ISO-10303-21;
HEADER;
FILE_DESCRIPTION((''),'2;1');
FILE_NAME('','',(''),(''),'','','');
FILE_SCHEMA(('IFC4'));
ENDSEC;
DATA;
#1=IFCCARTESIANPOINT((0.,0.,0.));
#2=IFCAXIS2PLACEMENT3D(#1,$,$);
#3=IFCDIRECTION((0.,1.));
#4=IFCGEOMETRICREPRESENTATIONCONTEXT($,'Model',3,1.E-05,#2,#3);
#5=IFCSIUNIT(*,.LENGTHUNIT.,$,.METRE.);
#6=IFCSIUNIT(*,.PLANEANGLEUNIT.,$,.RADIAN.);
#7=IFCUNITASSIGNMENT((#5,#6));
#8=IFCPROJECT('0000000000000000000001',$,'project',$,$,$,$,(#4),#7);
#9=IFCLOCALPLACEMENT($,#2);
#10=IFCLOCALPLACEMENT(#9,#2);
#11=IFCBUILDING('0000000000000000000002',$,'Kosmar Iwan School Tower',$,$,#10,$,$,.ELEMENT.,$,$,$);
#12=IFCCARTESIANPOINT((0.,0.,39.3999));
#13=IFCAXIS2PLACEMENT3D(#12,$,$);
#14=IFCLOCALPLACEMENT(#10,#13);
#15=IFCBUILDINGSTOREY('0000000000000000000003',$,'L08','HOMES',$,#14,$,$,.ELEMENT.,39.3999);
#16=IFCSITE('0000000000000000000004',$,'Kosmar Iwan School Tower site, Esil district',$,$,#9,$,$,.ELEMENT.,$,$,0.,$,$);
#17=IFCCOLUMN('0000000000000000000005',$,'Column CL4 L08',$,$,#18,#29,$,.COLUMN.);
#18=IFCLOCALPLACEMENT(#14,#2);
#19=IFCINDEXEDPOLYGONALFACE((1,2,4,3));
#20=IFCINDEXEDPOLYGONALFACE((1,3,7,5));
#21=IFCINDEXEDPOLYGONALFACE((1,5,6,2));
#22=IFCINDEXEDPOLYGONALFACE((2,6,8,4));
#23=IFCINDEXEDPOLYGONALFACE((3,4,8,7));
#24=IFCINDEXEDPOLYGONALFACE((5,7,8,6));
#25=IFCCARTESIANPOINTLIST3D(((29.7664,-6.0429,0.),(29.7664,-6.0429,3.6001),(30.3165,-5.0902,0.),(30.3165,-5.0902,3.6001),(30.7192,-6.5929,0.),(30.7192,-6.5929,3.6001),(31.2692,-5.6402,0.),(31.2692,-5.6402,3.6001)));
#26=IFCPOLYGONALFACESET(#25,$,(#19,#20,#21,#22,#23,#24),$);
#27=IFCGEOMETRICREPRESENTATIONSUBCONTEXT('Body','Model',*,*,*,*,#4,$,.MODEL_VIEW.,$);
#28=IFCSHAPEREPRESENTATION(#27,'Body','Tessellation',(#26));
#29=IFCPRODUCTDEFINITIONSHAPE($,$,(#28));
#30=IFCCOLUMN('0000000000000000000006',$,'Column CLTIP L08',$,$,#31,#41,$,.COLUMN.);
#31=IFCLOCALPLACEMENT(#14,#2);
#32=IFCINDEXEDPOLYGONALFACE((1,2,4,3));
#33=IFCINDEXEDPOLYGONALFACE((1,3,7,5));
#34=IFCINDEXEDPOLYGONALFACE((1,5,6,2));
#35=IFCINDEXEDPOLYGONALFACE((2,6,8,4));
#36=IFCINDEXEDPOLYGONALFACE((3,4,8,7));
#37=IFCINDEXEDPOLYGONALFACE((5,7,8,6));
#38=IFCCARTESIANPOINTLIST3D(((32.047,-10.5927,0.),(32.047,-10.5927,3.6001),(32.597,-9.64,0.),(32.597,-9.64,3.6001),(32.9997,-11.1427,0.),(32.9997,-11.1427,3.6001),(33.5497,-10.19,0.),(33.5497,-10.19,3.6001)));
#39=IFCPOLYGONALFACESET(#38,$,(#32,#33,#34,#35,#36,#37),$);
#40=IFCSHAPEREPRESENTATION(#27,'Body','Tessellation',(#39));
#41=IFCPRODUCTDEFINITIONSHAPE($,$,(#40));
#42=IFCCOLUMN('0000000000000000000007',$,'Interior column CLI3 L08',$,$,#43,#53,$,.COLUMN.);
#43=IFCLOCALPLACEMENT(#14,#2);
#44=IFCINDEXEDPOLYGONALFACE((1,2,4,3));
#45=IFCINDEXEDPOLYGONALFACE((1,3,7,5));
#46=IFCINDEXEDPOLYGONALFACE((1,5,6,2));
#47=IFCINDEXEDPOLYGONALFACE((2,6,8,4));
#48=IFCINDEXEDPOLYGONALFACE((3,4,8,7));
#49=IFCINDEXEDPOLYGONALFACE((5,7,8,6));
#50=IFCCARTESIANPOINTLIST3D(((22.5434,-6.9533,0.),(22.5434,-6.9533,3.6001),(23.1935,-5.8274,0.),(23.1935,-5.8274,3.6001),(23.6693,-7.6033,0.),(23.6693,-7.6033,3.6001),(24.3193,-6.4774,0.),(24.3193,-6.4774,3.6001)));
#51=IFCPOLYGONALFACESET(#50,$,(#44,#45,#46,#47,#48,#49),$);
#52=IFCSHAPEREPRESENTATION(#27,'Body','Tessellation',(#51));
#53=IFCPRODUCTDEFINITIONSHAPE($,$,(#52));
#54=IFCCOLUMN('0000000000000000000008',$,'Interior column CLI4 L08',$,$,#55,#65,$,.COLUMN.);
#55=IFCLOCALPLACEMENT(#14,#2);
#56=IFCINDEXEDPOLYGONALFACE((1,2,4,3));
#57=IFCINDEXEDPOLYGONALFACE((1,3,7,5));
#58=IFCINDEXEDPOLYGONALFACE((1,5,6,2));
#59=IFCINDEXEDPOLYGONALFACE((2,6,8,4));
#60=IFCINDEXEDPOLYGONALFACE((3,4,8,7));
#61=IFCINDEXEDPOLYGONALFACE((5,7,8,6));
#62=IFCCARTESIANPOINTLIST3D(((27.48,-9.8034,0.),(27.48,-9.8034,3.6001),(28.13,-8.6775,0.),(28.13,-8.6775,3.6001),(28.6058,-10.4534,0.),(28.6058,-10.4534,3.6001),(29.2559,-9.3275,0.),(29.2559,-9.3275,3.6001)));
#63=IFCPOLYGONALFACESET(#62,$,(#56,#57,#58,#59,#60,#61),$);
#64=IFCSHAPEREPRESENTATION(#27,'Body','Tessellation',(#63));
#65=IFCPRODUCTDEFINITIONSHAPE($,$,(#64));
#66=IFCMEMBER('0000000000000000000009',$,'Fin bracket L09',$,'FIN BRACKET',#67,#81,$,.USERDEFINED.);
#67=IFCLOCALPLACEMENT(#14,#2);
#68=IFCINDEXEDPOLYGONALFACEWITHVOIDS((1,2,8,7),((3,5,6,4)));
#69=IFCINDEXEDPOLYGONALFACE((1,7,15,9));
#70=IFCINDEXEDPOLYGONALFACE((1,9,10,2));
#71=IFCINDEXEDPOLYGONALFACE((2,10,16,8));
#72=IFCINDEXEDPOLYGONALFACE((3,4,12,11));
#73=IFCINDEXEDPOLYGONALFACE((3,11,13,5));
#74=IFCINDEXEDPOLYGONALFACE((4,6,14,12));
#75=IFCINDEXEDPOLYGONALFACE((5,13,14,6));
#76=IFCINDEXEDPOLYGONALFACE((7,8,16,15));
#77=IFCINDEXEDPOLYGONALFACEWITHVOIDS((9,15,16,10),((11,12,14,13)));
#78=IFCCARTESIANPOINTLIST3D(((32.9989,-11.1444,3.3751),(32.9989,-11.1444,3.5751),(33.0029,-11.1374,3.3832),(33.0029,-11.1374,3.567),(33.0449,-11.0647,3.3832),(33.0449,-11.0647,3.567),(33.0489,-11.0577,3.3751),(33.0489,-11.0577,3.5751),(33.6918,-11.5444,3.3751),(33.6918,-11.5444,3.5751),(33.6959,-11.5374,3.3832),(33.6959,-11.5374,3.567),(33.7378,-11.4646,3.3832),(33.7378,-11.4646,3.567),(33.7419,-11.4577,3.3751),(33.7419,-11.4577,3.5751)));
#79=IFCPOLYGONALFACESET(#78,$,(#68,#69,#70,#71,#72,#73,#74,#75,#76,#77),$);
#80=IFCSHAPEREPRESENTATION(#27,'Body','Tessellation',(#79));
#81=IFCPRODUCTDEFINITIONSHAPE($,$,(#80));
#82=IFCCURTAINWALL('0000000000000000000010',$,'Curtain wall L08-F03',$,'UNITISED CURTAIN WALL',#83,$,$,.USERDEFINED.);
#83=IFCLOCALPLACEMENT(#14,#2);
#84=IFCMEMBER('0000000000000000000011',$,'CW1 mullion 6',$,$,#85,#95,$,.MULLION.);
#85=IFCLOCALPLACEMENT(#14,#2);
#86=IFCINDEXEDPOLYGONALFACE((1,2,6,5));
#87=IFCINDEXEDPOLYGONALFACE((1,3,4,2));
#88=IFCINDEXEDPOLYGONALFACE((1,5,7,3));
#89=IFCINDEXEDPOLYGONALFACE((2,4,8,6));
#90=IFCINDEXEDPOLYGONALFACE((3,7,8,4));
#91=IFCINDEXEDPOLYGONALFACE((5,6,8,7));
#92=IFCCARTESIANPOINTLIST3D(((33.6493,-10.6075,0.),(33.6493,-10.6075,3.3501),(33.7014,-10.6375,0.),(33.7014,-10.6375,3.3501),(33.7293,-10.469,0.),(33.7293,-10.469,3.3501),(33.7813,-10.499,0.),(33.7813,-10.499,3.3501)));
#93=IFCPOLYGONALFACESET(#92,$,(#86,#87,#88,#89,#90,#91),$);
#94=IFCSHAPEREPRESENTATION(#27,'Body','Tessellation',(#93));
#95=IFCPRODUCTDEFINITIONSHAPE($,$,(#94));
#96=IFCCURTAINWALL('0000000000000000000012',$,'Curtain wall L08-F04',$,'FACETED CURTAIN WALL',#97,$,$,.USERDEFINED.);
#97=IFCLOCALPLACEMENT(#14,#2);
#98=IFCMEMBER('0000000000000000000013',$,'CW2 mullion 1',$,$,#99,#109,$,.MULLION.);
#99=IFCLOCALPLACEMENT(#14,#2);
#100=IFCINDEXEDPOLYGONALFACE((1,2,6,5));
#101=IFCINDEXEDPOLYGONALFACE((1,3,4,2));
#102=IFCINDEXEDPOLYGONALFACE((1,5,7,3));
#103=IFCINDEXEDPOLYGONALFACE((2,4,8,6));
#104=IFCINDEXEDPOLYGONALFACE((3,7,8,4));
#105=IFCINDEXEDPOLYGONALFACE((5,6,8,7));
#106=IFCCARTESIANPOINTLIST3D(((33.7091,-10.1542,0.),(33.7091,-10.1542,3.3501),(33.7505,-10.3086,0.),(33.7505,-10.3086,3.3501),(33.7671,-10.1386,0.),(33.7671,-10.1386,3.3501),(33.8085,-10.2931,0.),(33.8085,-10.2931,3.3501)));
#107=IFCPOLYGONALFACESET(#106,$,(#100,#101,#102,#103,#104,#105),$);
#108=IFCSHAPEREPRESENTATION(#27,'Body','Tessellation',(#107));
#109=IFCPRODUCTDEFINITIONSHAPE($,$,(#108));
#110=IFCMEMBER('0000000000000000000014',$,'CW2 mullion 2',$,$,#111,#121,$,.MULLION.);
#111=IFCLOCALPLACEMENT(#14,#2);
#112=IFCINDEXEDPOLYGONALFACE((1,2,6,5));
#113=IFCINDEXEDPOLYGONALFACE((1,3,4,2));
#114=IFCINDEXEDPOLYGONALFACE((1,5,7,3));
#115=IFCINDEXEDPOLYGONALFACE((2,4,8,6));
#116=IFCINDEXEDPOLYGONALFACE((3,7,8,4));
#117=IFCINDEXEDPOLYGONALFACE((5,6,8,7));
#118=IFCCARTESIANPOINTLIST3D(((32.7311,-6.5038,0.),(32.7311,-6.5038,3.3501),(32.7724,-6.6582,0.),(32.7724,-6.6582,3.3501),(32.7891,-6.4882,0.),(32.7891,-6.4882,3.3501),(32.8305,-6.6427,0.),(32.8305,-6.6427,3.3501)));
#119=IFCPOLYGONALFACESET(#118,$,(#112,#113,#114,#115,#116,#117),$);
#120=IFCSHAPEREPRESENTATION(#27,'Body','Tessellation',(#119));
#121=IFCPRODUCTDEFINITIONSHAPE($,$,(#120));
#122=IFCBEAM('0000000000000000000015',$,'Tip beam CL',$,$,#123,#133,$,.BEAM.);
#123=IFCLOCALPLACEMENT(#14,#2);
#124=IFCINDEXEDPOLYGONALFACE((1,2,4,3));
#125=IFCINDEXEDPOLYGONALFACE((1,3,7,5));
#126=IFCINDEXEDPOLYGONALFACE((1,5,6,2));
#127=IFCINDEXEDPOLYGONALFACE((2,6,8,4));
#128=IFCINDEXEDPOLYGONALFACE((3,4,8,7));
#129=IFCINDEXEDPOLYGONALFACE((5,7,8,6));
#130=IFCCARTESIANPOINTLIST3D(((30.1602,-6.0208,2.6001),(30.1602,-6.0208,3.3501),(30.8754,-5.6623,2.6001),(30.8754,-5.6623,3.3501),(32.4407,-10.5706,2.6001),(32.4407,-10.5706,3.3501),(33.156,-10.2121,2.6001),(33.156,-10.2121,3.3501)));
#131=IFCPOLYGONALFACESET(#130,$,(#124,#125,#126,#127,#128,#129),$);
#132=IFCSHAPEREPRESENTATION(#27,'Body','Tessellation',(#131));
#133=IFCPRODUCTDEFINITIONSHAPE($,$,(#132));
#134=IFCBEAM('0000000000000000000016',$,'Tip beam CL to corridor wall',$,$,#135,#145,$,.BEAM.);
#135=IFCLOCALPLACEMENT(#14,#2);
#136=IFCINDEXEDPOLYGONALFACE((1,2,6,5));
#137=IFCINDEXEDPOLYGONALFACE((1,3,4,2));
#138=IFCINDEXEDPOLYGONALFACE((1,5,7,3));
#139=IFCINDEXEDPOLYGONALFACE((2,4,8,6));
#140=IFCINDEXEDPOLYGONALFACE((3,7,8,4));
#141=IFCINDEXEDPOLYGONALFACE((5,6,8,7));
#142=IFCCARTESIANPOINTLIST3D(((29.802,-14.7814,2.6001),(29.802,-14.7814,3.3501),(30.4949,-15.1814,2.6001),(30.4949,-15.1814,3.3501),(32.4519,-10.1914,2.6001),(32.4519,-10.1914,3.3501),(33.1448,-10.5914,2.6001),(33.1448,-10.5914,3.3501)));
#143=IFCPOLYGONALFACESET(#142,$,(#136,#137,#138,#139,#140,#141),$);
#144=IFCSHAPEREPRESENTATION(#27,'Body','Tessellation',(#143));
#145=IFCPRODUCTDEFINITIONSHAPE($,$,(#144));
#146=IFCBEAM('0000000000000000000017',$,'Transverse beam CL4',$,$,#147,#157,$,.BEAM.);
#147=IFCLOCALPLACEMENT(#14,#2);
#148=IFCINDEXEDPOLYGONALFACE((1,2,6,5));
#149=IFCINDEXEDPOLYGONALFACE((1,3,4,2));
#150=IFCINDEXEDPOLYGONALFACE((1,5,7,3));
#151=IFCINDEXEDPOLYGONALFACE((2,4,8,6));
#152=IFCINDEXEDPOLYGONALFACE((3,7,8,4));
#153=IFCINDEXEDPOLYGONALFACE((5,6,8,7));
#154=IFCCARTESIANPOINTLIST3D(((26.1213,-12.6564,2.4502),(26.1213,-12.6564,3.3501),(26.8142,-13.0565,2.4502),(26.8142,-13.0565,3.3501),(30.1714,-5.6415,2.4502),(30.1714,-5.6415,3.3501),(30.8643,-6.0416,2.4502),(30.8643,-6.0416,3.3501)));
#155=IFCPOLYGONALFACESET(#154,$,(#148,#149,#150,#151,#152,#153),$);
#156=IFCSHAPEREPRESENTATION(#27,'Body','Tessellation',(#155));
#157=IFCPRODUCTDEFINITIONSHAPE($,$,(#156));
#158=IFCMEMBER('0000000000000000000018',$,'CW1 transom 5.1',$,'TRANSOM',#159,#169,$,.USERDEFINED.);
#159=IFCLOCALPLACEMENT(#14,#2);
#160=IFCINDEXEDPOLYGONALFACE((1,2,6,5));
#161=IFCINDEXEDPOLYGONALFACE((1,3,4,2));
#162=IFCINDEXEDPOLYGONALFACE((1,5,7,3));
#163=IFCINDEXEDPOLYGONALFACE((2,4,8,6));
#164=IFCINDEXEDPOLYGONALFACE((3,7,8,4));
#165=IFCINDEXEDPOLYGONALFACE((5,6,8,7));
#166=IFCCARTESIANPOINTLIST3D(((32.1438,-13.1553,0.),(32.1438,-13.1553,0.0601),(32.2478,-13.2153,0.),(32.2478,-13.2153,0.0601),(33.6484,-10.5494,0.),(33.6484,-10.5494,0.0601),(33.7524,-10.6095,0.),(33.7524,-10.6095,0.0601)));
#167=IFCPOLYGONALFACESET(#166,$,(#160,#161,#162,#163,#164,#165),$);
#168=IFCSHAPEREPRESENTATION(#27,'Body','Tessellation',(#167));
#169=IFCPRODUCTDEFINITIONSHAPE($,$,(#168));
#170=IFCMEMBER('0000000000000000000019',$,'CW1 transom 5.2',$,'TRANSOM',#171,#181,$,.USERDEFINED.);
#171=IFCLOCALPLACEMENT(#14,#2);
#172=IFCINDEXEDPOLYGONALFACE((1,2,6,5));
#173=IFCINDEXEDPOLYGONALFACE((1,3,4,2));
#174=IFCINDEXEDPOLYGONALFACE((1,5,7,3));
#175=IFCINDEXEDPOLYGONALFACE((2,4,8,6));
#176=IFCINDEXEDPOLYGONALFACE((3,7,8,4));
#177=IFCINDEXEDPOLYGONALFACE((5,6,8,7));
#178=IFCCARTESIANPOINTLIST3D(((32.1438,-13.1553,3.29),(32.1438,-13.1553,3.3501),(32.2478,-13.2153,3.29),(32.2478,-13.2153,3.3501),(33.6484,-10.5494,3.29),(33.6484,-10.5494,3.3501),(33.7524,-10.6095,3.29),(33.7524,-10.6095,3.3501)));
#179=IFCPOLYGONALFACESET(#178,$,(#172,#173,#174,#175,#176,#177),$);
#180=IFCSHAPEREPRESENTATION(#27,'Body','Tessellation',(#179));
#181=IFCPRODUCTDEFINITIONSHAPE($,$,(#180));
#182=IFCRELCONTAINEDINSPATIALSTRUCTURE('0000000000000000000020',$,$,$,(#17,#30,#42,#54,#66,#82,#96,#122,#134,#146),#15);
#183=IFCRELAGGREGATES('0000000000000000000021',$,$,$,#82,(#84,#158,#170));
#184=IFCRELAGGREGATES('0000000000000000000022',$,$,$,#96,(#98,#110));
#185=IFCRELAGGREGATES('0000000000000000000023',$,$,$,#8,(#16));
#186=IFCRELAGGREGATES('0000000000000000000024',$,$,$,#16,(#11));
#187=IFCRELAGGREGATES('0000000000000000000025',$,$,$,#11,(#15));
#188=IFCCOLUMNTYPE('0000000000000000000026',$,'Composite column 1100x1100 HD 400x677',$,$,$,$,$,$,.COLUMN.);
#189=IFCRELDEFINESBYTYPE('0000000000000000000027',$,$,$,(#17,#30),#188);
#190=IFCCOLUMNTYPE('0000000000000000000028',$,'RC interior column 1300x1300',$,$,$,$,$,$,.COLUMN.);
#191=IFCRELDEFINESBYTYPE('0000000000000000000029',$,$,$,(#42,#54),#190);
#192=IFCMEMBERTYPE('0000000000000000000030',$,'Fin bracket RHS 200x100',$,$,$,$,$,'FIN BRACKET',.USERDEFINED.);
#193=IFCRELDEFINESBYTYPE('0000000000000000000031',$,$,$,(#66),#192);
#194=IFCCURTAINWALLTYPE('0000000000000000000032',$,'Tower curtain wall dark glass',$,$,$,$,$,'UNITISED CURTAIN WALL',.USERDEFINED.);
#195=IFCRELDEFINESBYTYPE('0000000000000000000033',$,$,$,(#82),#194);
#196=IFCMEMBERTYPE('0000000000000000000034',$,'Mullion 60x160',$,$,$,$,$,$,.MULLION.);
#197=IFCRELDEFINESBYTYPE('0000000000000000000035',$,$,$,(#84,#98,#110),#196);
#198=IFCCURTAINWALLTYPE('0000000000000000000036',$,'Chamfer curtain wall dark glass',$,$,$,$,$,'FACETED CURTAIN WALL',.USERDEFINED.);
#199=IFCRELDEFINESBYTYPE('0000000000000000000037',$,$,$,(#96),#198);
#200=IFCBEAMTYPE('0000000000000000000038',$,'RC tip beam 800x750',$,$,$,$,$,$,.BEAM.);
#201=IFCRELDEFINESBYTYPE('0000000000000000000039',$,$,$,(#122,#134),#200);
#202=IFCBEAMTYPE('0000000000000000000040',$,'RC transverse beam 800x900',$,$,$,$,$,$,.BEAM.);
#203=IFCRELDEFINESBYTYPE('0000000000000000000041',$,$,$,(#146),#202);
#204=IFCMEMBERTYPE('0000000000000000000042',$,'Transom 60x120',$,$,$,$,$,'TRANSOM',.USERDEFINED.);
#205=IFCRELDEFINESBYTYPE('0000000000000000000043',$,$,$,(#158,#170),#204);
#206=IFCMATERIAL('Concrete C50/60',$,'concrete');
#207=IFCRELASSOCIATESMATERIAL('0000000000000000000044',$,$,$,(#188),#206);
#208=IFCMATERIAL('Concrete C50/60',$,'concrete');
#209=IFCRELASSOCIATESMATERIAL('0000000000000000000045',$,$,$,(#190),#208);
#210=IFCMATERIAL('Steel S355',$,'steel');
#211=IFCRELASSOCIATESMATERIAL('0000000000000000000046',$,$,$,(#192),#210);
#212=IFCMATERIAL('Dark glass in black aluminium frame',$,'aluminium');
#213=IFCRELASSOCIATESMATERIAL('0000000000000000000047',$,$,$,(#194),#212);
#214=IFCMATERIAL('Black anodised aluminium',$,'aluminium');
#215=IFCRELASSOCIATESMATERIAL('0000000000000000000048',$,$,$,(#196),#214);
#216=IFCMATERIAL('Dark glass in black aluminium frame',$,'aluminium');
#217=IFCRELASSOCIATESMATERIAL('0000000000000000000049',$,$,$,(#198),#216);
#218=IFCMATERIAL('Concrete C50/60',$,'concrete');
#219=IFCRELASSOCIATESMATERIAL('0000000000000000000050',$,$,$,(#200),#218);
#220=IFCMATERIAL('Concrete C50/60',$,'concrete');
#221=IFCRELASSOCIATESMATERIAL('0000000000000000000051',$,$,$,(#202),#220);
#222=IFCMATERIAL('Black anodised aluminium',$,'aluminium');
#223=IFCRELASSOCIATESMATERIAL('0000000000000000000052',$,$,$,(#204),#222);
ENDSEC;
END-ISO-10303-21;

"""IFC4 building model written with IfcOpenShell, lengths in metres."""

from ifc_helpers import new_model, si_unit, direction, frame, origin, origin_2d, place, context, subcontext, project, spatial, rectangle, hollow_rectangle, extrude, material, material_profile, profile_set, type_object, element, aggregate, save


model = new_model("IFC4")

# Units and contexts
model_context = context("Model", 3, precision=1e-05, world=origin(), true_north=direction((0.0, 1.0)))
body_context = subcontext(model_context, "Body", "Model", "MODEL_VIEW")
ifc_project = project(units=[si_unit("LENGTHUNIT", "METRE"), si_unit("PLANEANGLEUNIT", "RADIAN")], contexts=[model_context])

# Site, building, storey
site_placement = place(None, origin())
site = spatial("IfcSite", under=ifc_project, at=site_placement, Name="Kosmar Iwan School Tower site, Esil district", CompositionType="ELEMENT", RefElevation=0.0)
building_placement = place(site_placement, origin())
building = spatial("IfcBuilding", under=site, at=building_placement, Name="Kosmar Iwan School Tower", CompositionType="ELEMENT")
storey_placement = place(building_placement, frame((0.0, 0.0, 39.3999)))
storey = spatial("IfcBuildingStorey", under=building, at=storey_placement, Name="L08", Description="HOMES", CompositionType="ELEMENT", Elevation=39.3999)

# Columns
ifc_material_1 = material(Name="Concrete C50/60", Category="concrete")
ifc_material_profile_1 = material_profile(ifc_material_1, rectangle(XDim=1.1001, YDim=1.1001, at=origin_2d()), Name="RC 1100x1100 + HD 400x677")
ifc_profile_set_1 = profile_set([ifc_material_profile_1], Name="Concrete C50/60")
column_type_1 = type_object("IfcColumnType", Name="Composite column 1100x1100 HD 400x677", PredefinedType="COLUMN", material=ifc_profile_set_1)
for number, where, z_axis, x_axis, name in (
    (1, (30.5178, -5.8416, 0.0), (0.0, 0.0, 1.0), (0.866025, -0.5, 0.0), "Column CL4 L08"),
    (2, (32.7983, -10.3914, 0.0), (0.0, 0.0, 1.0), (0.866025, -0.5, 0.0), "Column CLTIP L08"),
):
    element("IfcColumn", number, at=place(storey_placement, frame(where, z_axis=z_axis, x_axis=x_axis)), inside=storey, type_object=column_type_1, Name=name, PredefinedType="COLUMN", context=body_context, shape_type="SweptSolid", body=[
        extrude(rectangle(XDim=1.1001, YDim=1.1001, at=origin_2d()), origin(), (0.0, 0.0, 1.0), 3.6001),
    ])
ifc_material_2 = material(Name="Concrete C50/60", Category="concrete")
ifc_material_profile_2 = material_profile(ifc_material_2, rectangle(XDim=1.3, YDim=1.3, at=origin_2d()), Name="RC 1300x1300")
ifc_profile_set_2 = profile_set([ifc_material_profile_2], Name="Concrete C50/60")
column_type_2 = type_object("IfcColumnType", Name="RC interior column 1300x1300", PredefinedType="COLUMN", material=ifc_profile_set_2)
for number, where, z_axis, x_axis, name in (
    (3, (23.4314, -6.7153, 0.0), (0.0, 0.0, 1.0), (0.866025, -0.5, 0.0), "Interior column CLI3 L08"),
    (4, (28.3679, -9.5654, 0.0), (0.0, 0.0, 1.0), (0.866025, -0.5, 0.0), "Interior column CLI4 L08"),
):
    element("IfcColumn", number, at=place(storey_placement, frame(where, z_axis=z_axis, x_axis=x_axis)), inside=storey, type_object=column_type_2, Name=name, PredefinedType="COLUMN", context=body_context, shape_type="SweptSolid", body=[
        extrude(rectangle(XDim=1.3, YDim=1.3, at=origin_2d()), origin(), (0.0, 0.0, 1.0), 3.6001),
    ])

# Member
ifc_material_3 = material(Name="Steel S355", Category="steel")
ifc_material_profile_3 = material_profile(ifc_material_3, hollow_rectangle(XDim=0.1001, YDim=0.2, WallThickness=0.0081, at=origin_2d()), Name="RHS 200x100x8")
ifc_profile_set_3 = profile_set([ifc_material_profile_3], Name="Steel S355")
member_type_1 = type_object("IfcMemberType", Name="Fin bracket RHS 200x100", ElementType="FIN BRACKET", PredefinedType="USERDEFINED", material=ifc_profile_set_3)
member_1_placement = place(storey_placement, frame((33.0239, -11.1011, 3.4751), z_axis=(0.866094, -0.499881, 0.0), x_axis=(0.499881, 0.866094, 0.0)))
element("IfcMember", 5, at=member_1_placement, inside=storey, type_object=member_type_1, Name="Fin bracket L09", ObjectType="FIN BRACKET", PredefinedType="USERDEFINED", context=body_context, shape_type="SweptSolid", body=[
    extrude(hollow_rectangle(XDim=0.1001, YDim=0.2, WallThickness=0.0081, at=origin_2d()), origin(), (0.0, 0.0, 1.0), 0.8),
])

# Curtain wall, member
ifc_material_4 = material(Name="Dark glass in black aluminium frame", Category="aluminium")
curtain_wall_type_1 = type_object("IfcCurtainWallType", Name="Tower curtain wall dark glass", ElementType="UNITISED CURTAIN WALL", PredefinedType="USERDEFINED", material=ifc_material_4)
curtain_wall_1_placement = place(storey_placement, origin())
curtain_wall_1 = element("IfcCurtainWall", 6, at=curtain_wall_1_placement, inside=storey, type_object=curtain_wall_type_1, Name="Curtain wall L08-F03", ObjectType="UNITISED CURTAIN WALL", PredefinedType="USERDEFINED")
ifc_material_5 = material(Name="Black anodised aluminium", Category="aluminium")
ifc_material_profile_4 = material_profile(ifc_material_5, rectangle(XDim=0.0601, YDim=0.1599, at=origin_2d()), Name="MULLION 60x160")
ifc_profile_set_4 = profile_set([ifc_material_profile_4], Name="Black anodised aluminium")
member_type_2 = type_object("IfcMemberType", Name="Mullion 60x160", PredefinedType="MULLION", material=ifc_profile_set_4)
member_2_placement = place(storey_placement, frame((33.7153, -10.5532, 0.0), z_axis=(0.0, 0.0, 1.0), x_axis=(-0.866025, 0.5, 0.0)))
member_2 = element("IfcMember", 7, at=member_2_placement, type_object=member_type_2, Name="CW1 mullion 6", PredefinedType="MULLION", context=body_context, shape_type="SweptSolid", body=[
    extrude(rectangle(XDim=0.0601, YDim=0.1599, at=origin_2d()), origin(), (0.0, 0.0, 1.0), 3.3501),
])

# Curtain wall, members
ifc_material_6 = material(Name="Dark glass in black aluminium frame", Category="aluminium")
curtain_wall_type_2 = type_object("IfcCurtainWallType", Name="Chamfer curtain wall dark glass", ElementType="FACETED CURTAIN WALL", PredefinedType="USERDEFINED", material=ifc_material_6)
curtain_wall_2_placement = place(storey_placement, origin())
curtain_wall_2 = element("IfcCurtainWall", 8, at=curtain_wall_2_placement, inside=storey, type_object=curtain_wall_type_2, Name="Curtain wall L08-F04", ObjectType="FACETED CURTAIN WALL", PredefinedType="USERDEFINED")
member_3_placement = place(storey_placement, frame((33.7588, -10.2236, 0.0), z_axis=(0.0, 0.0, 1.0), x_axis=(-0.965926, -0.258819, 0.0)))
member_3 = element("IfcMember", 9, at=member_3_placement, type_object=member_type_2, Name="CW2 mullion 1", PredefinedType="MULLION", context=body_context, shape_type="SweptSolid", body=[
    extrude(rectangle(XDim=0.0601, YDim=0.1599, at=origin_2d()), origin(), (0.0, 0.0, 1.0), 3.3501),
])
member_4_placement = place(storey_placement, frame((32.7808, -6.5732, 0.0), z_axis=(0.0, 0.0, 1.0), x_axis=(-0.965926, -0.258819, 0.0)))
member_4 = element("IfcMember", 10, at=member_4_placement, type_object=member_type_2, Name="CW2 mullion 2", PredefinedType="MULLION", context=body_context, shape_type="SweptSolid", body=[
    extrude(rectangle(XDim=0.0601, YDim=0.1599, at=origin_2d()), origin(), (0.0, 0.0, 1.0), 3.3501),
])

# Beams
ifc_material_7 = material(Name="Concrete C50/60", Category="concrete")
ifc_material_profile_5 = material_profile(ifc_material_7, rectangle(XDim=0.8, YDim=0.75, at=origin_2d()), Name="RC 800x750")
ifc_profile_set_5 = profile_set([ifc_material_profile_5], Name="Concrete C50/60")
beam_type_1 = type_object("IfcBeamType", Name="RC tip beam 800x750", PredefinedType="BEAM", material=ifc_profile_set_5)
beam_1_placement = place(storey_placement, frame((30.5178, -5.8416, 2.9751), z_axis=(0.448096, -0.893985, 0.0), x_axis=(0.893985, 0.448096, 0.0)))
element("IfcBeam", 11, at=beam_1_placement, inside=storey, type_object=beam_type_1, Name="Tip beam CL", PredefinedType="BEAM", context=body_context, shape_type="SweptSolid", body=[
    extrude(rectangle(XDim=0.8, YDim=0.75, at=origin_2d()), origin(), (0.0, 0.0, 1.0), 5.0894),
])
beam_2_placement = place(storey_placement, frame((32.7983, -10.3914, 2.9751), z_axis=(-0.499974, -0.866041, 0.0), x_axis=(0.866041, -0.499974, 0.0)))
element("IfcBeam", 12, at=beam_2_placement, inside=storey, type_object=beam_type_1, Name="Tip beam CL to corridor wall", PredefinedType="BEAM", context=body_context, shape_type="SweptSolid", body=[
    extrude(rectangle(XDim=0.8, YDim=0.75, at=origin_2d()), origin(), (0.0, 0.0, 1.0), 5.3),
])
ifc_material_8 = material(Name="Concrete C50/60", Category="concrete")
ifc_material_profile_6 = material_profile(ifc_material_8, rectangle(XDim=0.8, YDim=0.8999, at=origin_2d()), Name="RC 800x900")
ifc_profile_set_6 = profile_set([ifc_material_profile_6], Name="Concrete C50/60")
beam_type_2 = type_object("IfcBeamType", Name="RC transverse beam 800x900", PredefinedType="BEAM", material=ifc_profile_set_6)
beam_3_placement = place(storey_placement, frame((30.5178, -5.8416, 2.9001), z_axis=(-0.5, -0.866025, 0.0), x_axis=(0.866025, -0.5, 0.0)))
element("IfcBeam", 13, at=beam_3_placement, inside=storey, type_object=beam_type_2, Name="Transverse beam CL4", PredefinedType="BEAM", context=body_context, shape_type="SweptSolid", body=[
    extrude(rectangle(XDim=0.8, YDim=0.8999, at=origin_2d()), origin(), (0.0, 0.0, 1.0), 8.1001),
])

# Members
ifc_material_9 = material(Name="Black anodised aluminium", Category="aluminium")
ifc_material_profile_7 = material_profile(ifc_material_9, rectangle(XDim=0.1201, YDim=0.0601, at=origin_2d()), Name="TRANSOM 60x120")
ifc_profile_set_7 = profile_set([ifc_material_profile_7], Name="Black anodised aluminium")
member_type_3 = type_object("IfcMemberType", Name="Transom 60x120", ElementType="TRANSOM", PredefinedType="USERDEFINED", material=ifc_profile_set_7)
member_5_placement = place(storey_placement, frame((32.1958, -13.1853, 0.03), z_axis=(0.500022, 0.866013, 0.0), x_axis=(-0.866013, 0.500022, 0.0)))
member_5 = element("IfcMember", 14, at=member_5_placement, type_object=member_type_3, Name="CW1 transom 5.1", ObjectType="TRANSOM", PredefinedType="USERDEFINED", context=body_context, shape_type="SweptSolid", body=[
    extrude(rectangle(XDim=0.1201, YDim=0.0601, at=origin_2d()), origin(), (0.0, 0.0, 1.0), 3.009),
])
member_6_placement = place(storey_placement, frame((32.1958, -13.1853, 3.3201), z_axis=(0.500022, 0.866013, 0.0), x_axis=(-0.866013, 0.500022, 0.0)))
member_6 = element("IfcMember", 15, at=member_6_placement, type_object=member_type_3, Name="CW1 transom 5.2", ObjectType="TRANSOM", PredefinedType="USERDEFINED", context=body_context, shape_type="SweptSolid", body=[
    extrude(rectangle(XDim=0.1201, YDim=0.0601, at=origin_2d()), origin(), (0.0, 0.0, 1.0), 3.009),
])

aggregate(curtain_wall_1, [member_2, member_5, member_6])
aggregate(curtain_wall_2, [member_3, member_4])

save(model, "model.ifc")
